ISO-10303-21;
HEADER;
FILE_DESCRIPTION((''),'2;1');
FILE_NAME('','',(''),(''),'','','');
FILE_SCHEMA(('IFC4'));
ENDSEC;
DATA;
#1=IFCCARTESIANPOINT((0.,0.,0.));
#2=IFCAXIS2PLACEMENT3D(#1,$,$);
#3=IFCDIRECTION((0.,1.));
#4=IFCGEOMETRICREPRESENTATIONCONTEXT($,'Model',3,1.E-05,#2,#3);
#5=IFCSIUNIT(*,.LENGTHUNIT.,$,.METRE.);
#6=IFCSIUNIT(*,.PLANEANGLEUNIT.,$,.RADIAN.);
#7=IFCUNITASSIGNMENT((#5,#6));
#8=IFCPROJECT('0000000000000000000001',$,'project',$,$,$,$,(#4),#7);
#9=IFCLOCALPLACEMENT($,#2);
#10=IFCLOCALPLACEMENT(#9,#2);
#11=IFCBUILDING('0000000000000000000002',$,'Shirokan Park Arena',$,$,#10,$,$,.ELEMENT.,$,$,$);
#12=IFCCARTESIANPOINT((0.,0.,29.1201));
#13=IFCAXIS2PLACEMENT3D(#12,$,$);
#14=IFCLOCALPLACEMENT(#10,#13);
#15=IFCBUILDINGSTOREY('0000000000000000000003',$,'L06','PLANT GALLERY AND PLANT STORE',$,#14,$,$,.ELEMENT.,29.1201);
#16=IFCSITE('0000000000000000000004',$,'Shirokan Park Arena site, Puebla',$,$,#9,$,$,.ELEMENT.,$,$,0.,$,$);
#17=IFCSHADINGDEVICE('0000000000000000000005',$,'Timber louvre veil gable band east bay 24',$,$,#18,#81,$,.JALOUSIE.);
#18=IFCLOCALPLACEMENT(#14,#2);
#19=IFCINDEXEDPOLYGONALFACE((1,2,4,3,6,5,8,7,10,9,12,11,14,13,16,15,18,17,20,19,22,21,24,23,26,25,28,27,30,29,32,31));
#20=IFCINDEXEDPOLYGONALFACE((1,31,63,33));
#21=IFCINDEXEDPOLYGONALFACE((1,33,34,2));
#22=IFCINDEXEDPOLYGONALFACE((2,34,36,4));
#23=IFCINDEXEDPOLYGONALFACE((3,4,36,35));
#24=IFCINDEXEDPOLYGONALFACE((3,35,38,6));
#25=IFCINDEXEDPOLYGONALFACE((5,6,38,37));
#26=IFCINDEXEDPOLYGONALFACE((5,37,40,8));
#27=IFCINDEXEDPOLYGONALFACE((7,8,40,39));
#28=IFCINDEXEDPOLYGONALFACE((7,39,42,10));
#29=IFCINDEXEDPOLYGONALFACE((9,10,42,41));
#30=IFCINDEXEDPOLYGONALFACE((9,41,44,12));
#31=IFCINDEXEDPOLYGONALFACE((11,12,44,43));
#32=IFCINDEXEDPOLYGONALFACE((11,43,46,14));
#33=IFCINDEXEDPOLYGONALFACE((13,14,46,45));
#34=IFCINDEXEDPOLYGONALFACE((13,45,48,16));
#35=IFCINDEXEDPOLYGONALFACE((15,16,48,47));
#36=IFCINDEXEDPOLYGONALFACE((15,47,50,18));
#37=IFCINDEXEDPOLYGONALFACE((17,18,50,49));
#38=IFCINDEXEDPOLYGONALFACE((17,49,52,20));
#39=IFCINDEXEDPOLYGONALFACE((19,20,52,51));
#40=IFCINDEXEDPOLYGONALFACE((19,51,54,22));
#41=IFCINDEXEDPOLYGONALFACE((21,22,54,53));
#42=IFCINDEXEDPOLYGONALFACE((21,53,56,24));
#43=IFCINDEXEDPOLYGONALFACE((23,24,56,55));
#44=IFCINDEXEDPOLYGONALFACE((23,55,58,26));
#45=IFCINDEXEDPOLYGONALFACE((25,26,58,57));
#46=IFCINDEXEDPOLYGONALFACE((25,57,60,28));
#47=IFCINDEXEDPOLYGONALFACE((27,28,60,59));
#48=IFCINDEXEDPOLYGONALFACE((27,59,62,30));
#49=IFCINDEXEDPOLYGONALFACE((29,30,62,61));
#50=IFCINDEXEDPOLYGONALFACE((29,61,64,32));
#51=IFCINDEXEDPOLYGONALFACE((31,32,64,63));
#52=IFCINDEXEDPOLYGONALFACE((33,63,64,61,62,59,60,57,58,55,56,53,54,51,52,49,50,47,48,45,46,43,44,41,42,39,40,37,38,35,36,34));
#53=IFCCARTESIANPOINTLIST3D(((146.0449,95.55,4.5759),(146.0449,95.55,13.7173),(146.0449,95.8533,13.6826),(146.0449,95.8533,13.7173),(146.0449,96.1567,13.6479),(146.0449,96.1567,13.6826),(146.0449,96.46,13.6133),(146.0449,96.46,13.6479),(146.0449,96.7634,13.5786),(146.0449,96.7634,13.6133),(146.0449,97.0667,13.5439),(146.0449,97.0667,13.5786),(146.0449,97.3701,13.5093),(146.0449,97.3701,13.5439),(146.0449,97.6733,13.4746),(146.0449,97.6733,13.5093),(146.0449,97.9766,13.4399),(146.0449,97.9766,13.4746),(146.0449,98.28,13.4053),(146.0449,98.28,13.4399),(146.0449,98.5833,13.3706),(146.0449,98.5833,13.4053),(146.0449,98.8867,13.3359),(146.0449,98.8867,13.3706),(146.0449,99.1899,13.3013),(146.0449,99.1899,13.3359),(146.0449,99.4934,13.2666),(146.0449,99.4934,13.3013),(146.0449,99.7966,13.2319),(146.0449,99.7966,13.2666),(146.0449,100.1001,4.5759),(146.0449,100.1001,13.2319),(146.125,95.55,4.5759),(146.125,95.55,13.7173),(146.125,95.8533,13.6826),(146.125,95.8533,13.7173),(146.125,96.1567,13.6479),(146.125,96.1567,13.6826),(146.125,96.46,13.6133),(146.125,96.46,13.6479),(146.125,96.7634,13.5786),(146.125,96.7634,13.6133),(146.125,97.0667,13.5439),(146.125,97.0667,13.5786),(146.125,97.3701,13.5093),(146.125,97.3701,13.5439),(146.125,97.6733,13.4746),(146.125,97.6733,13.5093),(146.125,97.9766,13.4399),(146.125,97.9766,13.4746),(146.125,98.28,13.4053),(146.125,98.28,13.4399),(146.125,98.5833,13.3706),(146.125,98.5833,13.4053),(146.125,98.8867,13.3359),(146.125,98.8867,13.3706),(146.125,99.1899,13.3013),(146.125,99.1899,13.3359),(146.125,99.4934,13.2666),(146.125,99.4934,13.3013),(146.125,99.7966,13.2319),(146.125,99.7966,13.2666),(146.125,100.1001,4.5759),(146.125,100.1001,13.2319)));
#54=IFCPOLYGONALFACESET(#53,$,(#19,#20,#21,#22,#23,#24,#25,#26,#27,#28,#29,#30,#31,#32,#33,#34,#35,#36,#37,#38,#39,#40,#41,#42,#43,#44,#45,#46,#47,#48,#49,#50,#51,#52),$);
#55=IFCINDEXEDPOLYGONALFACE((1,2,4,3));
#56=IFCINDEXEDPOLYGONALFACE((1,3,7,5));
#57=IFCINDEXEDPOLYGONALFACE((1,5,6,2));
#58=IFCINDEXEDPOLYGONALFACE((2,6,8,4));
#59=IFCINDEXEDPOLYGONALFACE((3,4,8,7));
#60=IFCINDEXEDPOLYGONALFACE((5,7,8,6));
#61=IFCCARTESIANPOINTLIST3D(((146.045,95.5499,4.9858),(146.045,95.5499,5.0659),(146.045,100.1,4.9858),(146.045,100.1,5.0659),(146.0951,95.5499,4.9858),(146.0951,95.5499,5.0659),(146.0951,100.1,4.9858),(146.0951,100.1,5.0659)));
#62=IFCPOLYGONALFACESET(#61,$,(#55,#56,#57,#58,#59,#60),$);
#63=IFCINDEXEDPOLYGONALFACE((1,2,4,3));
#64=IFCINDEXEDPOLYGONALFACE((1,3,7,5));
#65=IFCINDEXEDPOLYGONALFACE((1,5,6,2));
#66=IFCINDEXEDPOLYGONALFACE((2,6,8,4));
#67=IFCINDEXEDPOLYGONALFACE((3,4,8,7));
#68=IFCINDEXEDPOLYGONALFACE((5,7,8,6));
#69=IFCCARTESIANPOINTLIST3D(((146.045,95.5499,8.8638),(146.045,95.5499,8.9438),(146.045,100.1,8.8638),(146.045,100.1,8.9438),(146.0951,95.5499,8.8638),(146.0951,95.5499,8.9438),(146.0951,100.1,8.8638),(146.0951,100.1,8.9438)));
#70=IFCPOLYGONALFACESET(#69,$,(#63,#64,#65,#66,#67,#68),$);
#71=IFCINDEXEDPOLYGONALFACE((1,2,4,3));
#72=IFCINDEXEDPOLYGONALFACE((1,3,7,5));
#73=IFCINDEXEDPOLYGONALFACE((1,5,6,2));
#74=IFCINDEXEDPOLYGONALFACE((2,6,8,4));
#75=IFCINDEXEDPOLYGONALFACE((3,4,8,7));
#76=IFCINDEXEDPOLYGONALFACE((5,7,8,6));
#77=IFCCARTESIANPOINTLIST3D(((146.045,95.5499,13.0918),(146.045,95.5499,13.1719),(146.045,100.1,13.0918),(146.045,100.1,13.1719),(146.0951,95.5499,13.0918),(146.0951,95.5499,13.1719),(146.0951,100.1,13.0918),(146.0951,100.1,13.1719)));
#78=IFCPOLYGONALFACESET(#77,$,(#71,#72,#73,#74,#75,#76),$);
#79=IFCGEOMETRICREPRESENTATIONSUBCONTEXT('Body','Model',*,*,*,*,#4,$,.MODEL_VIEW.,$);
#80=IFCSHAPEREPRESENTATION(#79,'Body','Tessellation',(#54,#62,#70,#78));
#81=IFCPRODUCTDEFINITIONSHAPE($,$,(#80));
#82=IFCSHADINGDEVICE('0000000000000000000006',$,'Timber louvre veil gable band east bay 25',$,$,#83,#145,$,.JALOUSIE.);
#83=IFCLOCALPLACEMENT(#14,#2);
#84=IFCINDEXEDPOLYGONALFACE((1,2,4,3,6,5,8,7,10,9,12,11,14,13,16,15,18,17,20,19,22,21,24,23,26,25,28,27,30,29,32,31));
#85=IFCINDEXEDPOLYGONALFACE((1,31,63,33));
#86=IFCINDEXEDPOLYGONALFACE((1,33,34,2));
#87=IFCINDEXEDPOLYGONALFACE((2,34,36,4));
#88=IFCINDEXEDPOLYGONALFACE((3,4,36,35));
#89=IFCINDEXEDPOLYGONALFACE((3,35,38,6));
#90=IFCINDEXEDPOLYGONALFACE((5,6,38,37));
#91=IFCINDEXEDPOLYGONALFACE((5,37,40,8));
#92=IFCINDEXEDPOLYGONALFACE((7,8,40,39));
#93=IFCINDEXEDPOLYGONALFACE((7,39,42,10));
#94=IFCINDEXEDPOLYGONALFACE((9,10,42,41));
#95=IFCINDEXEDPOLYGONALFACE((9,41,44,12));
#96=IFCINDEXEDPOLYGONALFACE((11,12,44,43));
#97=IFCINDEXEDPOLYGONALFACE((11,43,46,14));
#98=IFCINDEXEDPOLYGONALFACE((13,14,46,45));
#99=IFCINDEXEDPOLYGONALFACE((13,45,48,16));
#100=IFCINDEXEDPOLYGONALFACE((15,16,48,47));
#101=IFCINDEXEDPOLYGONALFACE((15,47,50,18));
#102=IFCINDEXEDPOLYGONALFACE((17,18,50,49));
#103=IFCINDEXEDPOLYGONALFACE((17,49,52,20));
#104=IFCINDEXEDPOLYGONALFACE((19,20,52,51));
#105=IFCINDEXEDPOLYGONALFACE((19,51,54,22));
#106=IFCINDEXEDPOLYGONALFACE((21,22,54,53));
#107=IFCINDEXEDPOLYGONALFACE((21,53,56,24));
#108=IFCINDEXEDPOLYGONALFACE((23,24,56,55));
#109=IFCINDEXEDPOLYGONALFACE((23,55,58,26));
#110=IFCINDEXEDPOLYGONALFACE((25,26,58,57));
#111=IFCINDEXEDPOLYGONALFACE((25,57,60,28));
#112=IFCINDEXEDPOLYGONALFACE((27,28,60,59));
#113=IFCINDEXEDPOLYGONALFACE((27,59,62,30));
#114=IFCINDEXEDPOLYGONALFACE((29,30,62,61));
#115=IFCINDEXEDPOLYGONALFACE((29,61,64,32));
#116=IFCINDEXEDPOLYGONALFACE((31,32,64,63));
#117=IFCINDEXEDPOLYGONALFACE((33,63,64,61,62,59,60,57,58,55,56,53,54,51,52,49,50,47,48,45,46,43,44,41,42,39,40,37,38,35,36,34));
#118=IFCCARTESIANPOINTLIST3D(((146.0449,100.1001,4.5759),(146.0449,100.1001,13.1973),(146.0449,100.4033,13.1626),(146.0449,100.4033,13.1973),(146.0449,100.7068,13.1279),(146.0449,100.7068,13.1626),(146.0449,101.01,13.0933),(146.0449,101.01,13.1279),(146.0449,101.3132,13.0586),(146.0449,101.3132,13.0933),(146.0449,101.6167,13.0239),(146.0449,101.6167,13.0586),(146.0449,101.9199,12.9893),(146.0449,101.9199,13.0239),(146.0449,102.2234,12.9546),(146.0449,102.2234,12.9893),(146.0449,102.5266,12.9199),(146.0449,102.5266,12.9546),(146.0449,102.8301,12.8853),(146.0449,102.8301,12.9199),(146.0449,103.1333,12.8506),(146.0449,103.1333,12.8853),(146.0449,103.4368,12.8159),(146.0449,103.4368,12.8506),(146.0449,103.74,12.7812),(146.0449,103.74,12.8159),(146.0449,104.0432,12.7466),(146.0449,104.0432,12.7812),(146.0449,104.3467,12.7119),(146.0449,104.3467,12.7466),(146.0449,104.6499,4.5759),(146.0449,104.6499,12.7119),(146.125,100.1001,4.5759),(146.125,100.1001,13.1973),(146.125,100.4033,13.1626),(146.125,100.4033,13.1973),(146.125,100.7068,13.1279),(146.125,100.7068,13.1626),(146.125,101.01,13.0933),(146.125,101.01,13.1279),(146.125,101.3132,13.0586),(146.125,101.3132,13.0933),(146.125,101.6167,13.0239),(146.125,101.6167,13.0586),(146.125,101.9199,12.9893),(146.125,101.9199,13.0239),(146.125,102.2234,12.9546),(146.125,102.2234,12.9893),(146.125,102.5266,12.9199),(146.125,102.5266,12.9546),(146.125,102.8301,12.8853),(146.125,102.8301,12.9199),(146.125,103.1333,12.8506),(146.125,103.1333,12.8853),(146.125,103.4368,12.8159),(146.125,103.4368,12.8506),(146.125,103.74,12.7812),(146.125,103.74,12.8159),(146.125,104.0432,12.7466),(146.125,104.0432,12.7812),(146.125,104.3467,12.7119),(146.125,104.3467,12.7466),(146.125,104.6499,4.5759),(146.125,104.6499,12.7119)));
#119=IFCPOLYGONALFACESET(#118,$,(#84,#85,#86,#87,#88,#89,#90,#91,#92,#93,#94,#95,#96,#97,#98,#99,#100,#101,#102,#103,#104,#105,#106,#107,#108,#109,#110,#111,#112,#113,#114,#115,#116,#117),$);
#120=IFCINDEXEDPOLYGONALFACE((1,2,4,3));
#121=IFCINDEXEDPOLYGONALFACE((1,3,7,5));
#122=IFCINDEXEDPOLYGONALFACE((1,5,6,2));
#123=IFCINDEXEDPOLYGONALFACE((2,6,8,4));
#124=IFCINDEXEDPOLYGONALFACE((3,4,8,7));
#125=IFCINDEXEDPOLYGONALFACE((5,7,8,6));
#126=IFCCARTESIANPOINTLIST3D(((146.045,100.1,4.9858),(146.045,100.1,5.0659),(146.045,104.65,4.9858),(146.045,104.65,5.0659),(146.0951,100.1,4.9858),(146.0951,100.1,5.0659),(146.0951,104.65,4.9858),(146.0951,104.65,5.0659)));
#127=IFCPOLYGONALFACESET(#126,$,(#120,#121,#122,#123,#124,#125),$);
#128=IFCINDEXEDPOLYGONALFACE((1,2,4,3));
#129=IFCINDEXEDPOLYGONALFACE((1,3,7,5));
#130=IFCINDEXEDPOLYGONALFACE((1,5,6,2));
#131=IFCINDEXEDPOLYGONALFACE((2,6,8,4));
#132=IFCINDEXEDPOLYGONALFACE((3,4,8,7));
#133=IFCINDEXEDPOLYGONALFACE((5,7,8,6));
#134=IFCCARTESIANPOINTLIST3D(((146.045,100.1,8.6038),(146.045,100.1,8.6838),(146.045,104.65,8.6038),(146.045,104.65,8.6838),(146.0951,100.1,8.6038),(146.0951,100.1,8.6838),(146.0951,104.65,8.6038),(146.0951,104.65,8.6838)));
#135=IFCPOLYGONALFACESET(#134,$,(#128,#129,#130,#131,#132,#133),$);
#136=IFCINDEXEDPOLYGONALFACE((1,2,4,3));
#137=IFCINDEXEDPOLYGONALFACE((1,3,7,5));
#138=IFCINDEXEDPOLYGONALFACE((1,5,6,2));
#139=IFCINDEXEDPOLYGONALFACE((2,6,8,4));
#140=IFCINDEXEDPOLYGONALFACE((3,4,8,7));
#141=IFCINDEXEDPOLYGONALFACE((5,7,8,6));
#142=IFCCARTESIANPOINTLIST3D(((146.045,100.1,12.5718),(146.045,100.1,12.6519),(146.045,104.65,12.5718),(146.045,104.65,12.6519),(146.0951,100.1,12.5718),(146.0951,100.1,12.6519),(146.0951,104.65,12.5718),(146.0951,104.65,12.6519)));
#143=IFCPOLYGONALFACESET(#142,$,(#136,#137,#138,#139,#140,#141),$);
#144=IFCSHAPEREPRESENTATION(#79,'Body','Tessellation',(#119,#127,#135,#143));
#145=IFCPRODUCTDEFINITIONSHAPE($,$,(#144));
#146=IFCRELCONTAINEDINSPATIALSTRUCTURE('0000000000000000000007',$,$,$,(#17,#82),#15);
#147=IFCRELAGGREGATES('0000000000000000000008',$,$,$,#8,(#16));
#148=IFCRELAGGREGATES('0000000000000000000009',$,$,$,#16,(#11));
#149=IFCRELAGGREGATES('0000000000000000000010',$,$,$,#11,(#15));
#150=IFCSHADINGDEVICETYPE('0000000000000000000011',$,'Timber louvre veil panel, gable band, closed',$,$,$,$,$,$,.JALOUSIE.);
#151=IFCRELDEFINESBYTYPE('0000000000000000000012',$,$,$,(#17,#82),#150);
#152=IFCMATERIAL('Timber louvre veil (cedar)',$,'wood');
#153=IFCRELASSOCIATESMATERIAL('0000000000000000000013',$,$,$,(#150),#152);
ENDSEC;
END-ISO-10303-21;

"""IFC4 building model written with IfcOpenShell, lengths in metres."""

from ifc_helpers import new_model, si_unit, direction, frame, origin, origin_2d, place, context, subcontext, project, spatial, polyline, rectangle, outline, extrude, material, type_object, element, save


model = new_model("IFC4")

# Units and contexts
model_context = context("Model", 3, precision=1e-05, world=origin(), true_north=direction((0.0, 1.0)))
body_context = subcontext(model_context, "Body", "Model", "MODEL_VIEW")
ifc_project = project(units=[si_unit("LENGTHUNIT", "METRE"), si_unit("PLANEANGLEUNIT", "RADIAN")], contexts=[model_context])

# Site, building, storey
site_placement = place(None, origin())
site = spatial("IfcSite", under=ifc_project, at=site_placement, Name="Shirokan Park Arena site, Puebla", CompositionType="ELEMENT", RefElevation=0.0)
building_placement = place(site_placement, origin())
building = spatial("IfcBuilding", under=site, at=building_placement, Name="Shirokan Park Arena", CompositionType="ELEMENT")
storey_placement = place(building_placement, frame((0.0, 0.0, 29.1201)))
storey = spatial("IfcBuildingStorey", under=building, at=storey_placement, Name="L06", Description="PLANT GALLERY AND PLANT STORE", CompositionType="ELEMENT", Elevation=29.1201)

# Shading devices
ifc_material_1 = material(Name="Timber louvre veil (cedar)", Category="wood")
shading_device_type = type_object("IfcShadingDeviceType", Name="Timber louvre veil panel, gable band, closed", PredefinedType="JALOUSIE", material=ifc_material_1)
shading_device_1_placement = place(storey_placement, origin())
element("IfcShadingDevice", 1, at=shading_device_1_placement, inside=storey, type_object=shading_device_type, Name="Timber louvre veil gable band east bay 24", PredefinedType="JALOUSIE", context=body_context, shape_type="SweptSolid", body=[
    extrude(outline(polyline([(100.1001, 4.5759), (100.1001, 13.2319), (99.7966, 13.2319), (99.7966, 13.2666), (99.4934, 13.2666), (99.4934, 13.3013), (99.1899, 13.3013), (99.1899, 13.3359), (98.8867, 13.3359), (98.8867, 13.3706), (98.5833, 13.3706), (98.5833, 13.4053), (98.28, 13.4053), (98.28, 13.4399), (97.9766, 13.4399), (97.9766, 13.4746), (97.6733, 13.4746), (97.6733, 13.5093), (97.3701, 13.5093), (97.3701, 13.5439), (97.0667, 13.5439), (97.0667, 13.5786), (96.7634, 13.5786), (96.7634, 13.6133), (96.46, 13.6133), (96.46, 13.6479), (96.1567, 13.6479), (96.1567, 13.6826), (95.8533, 13.6826), (95.8533, 13.7173), (95.55, 13.7173), (95.55, 4.5759), (100.1001, 4.5759)])), frame((146.0449, 0.0, 0.0), z_axis=(1.0, 0.0, 0.0), x_axis=(0.0, 1.0, 0.0)), (0.0, 0.0, 1.0), 0.0801),
    extrude(rectangle(XDim=0.05, YDim=4.55, at=origin_2d()), frame((146.0701, 97.825, 4.9858), z_axis=(0.0, 0.0, 1.0), x_axis=(1.0, 0.0, 0.0)), (0.0, 0.0, 1.0), 0.0801),
    extrude(rectangle(XDim=0.05, YDim=4.55, at=origin_2d()), frame((146.0701, 97.825, 8.8638), z_axis=(0.0, 0.0, 1.0), x_axis=(1.0, 0.0, 0.0)), (0.0, 0.0, 1.0), 0.0801),
    extrude(rectangle(XDim=0.05, YDim=4.55, at=origin_2d()), frame((146.0701, 97.825, 13.0918), z_axis=(0.0, 0.0, 1.0), x_axis=(1.0, 0.0, 0.0)), (0.0, 0.0, 1.0), 0.0801),
])
shading_device_2_placement = place(storey_placement, origin())
element("IfcShadingDevice", 2, at=shading_device_2_placement, inside=storey, type_object=shading_device_type, Name="Timber louvre veil gable band east bay 25", PredefinedType="JALOUSIE", context=body_context, shape_type="SweptSolid", body=[
    extrude(outline(polyline([(104.6499, 4.5759), (104.6499, 12.7119), (104.3467, 12.7119), (104.3467, 12.7466), (104.0432, 12.7466), (104.0432, 12.7812), (103.74, 12.7812), (103.74, 12.8159), (103.4368, 12.8159), (103.4368, 12.8506), (103.1333, 12.8506), (103.1333, 12.8853), (102.8301, 12.8853), (102.8301, 12.9199), (102.5266, 12.9199), (102.5266, 12.9546), (102.2234, 12.9546), (102.2234, 12.9893), (101.9199, 12.9893), (101.9199, 13.0239), (101.6167, 13.0239), (101.6167, 13.0586), (101.3132, 13.0586), (101.3132, 13.0933), (101.01, 13.0933), (101.01, 13.1279), (100.7068, 13.1279), (100.7068, 13.1626), (100.4033, 13.1626), (100.4033, 13.1973), (100.1001, 13.1973), (100.1001, 4.5759), (104.6499, 4.5759)])), frame((146.0449, 0.0, 0.0), z_axis=(1.0, 0.0, 0.0), x_axis=(0.0, 1.0, 0.0)), (0.0, 0.0, 1.0), 0.0801),
    extrude(rectangle(XDim=0.05, YDim=4.55, at=origin_2d()), frame((146.0701, 102.375, 4.9858), z_axis=(0.0, 0.0, 1.0), x_axis=(1.0, 0.0, 0.0)), (0.0, 0.0, 1.0), 0.0801),
    extrude(rectangle(XDim=0.05, YDim=4.55, at=origin_2d()), frame((146.0701, 102.375, 8.6038), z_axis=(0.0, 0.0, 1.0), x_axis=(1.0, 0.0, 0.0)), (0.0, 0.0, 1.0), 0.0801),
    extrude(rectangle(XDim=0.05, YDim=4.55, at=origin_2d()), frame((146.0701, 102.375, 12.5718), z_axis=(0.0, 0.0, 1.0), x_axis=(1.0, 0.0, 0.0)), (0.0, 0.0, 1.0), 0.0801),
])

save(model, "model.ifc")
